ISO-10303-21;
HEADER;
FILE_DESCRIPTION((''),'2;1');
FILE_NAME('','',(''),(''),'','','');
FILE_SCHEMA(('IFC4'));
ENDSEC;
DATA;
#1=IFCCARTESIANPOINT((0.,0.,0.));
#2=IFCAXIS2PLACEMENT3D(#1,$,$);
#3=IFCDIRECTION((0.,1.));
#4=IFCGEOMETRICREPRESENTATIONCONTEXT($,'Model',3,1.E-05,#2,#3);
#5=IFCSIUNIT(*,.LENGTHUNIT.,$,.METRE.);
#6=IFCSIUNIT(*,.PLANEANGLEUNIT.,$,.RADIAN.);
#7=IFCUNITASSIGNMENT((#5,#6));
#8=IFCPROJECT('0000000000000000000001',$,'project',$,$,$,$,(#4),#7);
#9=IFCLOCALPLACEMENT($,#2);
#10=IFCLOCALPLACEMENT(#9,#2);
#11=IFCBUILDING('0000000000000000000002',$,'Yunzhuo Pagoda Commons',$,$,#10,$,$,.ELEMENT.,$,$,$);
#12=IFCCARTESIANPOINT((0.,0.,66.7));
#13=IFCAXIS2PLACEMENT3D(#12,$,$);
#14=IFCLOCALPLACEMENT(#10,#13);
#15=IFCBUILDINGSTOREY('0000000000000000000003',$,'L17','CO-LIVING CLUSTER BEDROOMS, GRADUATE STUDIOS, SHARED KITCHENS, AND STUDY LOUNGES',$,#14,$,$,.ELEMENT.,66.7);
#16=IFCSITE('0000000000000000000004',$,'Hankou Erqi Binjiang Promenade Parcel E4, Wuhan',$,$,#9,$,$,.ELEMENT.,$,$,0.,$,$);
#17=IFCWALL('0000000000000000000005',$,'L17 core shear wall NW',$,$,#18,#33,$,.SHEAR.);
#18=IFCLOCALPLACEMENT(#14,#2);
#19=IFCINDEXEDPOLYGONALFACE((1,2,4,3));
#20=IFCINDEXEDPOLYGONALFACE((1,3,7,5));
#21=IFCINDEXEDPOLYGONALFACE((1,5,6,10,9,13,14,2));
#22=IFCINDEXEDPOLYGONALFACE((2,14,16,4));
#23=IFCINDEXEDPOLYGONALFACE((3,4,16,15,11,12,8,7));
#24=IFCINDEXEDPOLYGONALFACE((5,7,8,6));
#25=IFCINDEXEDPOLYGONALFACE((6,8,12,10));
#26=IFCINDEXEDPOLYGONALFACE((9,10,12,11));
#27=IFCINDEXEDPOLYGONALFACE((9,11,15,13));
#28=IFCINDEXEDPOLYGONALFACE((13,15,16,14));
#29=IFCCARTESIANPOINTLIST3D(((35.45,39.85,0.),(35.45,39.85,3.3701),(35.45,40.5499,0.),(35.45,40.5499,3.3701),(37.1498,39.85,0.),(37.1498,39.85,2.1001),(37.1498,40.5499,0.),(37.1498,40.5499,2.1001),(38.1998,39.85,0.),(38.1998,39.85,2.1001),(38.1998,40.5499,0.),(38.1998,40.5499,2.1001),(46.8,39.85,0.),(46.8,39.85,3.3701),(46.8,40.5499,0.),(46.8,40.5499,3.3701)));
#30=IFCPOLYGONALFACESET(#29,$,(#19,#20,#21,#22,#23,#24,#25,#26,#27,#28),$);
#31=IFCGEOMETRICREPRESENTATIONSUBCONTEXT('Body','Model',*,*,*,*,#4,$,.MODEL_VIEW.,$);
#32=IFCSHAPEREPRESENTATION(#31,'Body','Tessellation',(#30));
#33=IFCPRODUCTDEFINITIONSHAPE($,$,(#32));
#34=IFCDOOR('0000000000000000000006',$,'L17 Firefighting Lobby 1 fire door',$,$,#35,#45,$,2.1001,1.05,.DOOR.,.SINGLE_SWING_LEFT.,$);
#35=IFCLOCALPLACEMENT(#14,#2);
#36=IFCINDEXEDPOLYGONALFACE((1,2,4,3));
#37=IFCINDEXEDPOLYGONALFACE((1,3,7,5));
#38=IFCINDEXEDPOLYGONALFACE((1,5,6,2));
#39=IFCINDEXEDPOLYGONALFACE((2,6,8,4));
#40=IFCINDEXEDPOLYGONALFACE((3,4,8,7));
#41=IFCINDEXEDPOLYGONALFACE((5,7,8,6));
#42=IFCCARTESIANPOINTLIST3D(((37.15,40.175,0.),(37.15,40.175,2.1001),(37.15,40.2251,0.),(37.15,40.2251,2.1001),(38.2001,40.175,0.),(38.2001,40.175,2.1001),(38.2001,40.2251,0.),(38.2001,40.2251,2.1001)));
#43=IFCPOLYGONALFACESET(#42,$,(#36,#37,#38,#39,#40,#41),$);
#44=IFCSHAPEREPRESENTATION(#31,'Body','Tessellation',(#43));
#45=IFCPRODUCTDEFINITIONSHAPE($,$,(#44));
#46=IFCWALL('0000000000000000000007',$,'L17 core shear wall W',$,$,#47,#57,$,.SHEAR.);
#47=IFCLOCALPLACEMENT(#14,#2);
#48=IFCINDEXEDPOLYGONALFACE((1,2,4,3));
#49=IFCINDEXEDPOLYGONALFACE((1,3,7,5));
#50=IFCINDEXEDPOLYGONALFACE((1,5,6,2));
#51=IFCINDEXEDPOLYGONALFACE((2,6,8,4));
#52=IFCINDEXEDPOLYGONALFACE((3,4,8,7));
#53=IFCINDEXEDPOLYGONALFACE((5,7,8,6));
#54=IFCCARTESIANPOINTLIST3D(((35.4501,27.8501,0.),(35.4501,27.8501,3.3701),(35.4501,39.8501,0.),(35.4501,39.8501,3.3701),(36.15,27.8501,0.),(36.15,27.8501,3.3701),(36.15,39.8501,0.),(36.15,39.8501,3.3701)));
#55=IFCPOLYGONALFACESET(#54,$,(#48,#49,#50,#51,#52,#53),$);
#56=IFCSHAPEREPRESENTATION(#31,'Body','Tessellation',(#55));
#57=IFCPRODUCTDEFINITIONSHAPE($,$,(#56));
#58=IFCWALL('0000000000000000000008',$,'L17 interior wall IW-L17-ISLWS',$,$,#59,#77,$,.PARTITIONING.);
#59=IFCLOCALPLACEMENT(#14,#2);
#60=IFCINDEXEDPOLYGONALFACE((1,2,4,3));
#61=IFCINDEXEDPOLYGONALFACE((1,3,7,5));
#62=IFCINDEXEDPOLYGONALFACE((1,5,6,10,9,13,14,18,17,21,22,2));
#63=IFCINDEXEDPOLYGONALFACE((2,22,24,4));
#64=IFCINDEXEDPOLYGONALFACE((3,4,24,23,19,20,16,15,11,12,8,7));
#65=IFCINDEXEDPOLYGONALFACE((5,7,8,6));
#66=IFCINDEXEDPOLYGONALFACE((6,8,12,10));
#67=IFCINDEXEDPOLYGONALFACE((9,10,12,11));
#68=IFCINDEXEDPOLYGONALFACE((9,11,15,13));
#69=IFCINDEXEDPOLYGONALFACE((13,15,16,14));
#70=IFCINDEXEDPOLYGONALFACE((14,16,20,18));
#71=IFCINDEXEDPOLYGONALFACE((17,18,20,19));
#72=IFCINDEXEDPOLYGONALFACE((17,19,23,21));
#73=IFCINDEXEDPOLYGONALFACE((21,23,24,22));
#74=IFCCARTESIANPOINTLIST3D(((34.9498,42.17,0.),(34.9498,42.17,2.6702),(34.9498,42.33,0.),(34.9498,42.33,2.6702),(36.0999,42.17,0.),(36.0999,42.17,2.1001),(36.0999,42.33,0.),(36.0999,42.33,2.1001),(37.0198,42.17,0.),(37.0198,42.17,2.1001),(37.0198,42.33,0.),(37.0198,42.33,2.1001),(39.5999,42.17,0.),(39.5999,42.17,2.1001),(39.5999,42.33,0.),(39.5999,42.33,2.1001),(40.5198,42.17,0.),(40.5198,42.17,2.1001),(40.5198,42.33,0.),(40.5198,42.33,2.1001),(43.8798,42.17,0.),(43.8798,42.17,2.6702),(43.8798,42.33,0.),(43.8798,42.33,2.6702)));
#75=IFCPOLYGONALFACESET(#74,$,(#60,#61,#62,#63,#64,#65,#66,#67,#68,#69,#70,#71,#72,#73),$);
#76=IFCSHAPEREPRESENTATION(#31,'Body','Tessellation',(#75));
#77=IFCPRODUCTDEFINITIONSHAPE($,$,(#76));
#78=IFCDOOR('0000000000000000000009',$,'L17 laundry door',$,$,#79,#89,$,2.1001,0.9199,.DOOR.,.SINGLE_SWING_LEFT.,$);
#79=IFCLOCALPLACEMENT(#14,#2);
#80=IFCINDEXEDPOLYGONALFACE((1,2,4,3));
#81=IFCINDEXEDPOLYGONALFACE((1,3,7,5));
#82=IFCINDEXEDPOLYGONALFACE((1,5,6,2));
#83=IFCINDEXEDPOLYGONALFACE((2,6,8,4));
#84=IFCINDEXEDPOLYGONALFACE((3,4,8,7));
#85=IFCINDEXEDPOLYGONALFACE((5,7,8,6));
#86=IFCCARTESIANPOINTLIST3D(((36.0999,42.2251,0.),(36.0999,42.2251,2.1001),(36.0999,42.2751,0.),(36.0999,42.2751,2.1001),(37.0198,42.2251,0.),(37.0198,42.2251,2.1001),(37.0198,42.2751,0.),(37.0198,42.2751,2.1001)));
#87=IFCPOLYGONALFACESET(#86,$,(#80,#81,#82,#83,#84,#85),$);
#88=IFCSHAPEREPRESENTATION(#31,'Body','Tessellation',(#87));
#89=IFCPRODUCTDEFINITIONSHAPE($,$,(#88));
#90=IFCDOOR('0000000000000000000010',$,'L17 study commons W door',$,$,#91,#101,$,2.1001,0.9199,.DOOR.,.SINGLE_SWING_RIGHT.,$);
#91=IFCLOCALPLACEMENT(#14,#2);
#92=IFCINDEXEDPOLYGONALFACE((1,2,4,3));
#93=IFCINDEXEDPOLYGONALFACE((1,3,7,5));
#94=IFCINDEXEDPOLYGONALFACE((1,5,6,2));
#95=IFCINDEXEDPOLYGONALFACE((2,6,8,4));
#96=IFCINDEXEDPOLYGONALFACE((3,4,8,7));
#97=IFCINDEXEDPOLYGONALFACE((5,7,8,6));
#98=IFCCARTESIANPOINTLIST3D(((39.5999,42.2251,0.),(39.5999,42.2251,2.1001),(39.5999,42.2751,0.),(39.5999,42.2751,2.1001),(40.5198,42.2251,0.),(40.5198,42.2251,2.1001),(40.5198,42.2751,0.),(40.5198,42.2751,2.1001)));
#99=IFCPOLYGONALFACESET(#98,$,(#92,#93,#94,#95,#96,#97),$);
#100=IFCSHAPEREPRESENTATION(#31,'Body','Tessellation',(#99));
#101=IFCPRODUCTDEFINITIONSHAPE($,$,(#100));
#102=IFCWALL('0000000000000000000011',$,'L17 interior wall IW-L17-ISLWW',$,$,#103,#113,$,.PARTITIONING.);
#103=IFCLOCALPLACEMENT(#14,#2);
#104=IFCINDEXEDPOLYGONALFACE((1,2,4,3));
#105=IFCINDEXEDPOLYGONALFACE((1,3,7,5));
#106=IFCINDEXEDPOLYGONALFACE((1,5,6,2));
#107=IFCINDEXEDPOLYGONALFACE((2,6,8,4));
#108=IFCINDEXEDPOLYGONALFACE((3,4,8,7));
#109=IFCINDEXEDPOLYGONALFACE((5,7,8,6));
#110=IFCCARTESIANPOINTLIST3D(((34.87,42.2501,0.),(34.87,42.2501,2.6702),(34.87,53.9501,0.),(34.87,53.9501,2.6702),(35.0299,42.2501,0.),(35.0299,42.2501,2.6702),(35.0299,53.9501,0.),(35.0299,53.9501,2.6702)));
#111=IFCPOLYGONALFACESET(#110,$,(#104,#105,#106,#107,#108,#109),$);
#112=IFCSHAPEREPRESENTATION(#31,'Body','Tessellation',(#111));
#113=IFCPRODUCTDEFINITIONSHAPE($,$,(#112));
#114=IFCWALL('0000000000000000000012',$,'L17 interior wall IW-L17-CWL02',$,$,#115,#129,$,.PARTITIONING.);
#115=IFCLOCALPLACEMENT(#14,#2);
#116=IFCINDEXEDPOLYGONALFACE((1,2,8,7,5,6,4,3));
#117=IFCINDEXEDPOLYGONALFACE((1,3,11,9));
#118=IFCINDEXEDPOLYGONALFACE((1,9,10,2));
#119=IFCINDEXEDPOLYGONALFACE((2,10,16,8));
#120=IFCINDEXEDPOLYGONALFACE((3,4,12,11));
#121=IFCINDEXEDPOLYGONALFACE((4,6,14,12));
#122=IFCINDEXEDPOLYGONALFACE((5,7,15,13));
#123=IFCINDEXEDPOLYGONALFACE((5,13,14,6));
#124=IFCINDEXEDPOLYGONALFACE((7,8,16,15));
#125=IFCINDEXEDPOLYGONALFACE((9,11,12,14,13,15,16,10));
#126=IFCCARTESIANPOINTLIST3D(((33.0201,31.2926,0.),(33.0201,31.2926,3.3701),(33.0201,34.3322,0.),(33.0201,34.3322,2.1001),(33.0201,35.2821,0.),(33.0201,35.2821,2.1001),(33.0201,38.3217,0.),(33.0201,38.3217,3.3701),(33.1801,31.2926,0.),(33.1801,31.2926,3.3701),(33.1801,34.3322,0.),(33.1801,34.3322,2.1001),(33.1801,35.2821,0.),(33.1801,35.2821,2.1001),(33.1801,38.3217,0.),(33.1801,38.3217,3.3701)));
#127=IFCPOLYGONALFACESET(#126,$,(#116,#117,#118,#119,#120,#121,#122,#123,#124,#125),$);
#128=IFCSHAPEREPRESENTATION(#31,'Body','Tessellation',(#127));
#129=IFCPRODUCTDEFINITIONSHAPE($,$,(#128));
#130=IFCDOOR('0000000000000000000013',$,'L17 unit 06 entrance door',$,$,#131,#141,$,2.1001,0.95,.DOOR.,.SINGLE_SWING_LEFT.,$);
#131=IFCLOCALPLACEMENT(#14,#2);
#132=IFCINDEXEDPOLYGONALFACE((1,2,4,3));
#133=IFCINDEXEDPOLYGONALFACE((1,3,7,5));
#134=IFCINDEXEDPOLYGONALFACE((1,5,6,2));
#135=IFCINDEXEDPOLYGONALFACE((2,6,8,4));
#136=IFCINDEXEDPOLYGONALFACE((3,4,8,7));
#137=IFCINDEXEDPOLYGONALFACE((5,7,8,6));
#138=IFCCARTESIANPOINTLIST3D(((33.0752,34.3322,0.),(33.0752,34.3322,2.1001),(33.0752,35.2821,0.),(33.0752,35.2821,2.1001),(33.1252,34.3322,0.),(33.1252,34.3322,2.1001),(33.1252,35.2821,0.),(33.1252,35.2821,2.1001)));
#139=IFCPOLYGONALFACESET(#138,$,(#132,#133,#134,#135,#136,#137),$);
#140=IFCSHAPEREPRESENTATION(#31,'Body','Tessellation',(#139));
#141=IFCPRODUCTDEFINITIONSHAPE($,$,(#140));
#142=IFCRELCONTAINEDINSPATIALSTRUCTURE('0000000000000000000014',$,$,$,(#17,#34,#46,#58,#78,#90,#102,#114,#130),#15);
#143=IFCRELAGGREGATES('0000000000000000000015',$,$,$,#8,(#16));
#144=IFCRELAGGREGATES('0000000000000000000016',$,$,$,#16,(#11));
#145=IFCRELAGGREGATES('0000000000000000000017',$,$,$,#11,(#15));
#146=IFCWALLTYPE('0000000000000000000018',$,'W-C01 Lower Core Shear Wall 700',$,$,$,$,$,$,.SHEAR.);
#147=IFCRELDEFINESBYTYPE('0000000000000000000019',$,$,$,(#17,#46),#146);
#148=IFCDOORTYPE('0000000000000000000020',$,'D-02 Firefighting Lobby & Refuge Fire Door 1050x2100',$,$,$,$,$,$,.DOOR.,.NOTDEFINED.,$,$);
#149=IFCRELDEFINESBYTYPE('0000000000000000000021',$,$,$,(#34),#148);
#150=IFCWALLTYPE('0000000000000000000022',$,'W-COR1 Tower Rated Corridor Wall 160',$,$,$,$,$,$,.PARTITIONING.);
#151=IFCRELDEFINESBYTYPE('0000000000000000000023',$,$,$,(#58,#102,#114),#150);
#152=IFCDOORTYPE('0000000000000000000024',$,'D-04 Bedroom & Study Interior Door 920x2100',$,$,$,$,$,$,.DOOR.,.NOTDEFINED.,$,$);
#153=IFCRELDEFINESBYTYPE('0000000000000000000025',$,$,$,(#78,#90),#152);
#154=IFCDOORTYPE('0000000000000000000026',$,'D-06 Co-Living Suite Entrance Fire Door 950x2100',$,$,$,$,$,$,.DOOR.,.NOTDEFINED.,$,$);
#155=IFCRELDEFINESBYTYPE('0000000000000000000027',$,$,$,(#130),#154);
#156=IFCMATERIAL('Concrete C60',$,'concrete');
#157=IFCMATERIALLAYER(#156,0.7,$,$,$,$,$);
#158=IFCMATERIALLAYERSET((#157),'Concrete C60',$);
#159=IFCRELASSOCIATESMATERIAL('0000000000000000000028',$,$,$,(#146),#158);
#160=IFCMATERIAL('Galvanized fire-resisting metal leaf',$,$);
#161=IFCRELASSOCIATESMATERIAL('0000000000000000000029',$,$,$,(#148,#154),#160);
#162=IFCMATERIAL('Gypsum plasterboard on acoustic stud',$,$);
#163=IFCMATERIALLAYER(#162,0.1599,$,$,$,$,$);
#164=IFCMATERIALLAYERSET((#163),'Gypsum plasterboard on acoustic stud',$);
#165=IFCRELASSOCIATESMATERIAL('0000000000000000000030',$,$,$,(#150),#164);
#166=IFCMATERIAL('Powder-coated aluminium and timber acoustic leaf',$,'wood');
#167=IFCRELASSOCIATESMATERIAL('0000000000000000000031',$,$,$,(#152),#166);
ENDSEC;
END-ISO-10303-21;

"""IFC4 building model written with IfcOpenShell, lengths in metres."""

from ifc_helpers import new_model, si_unit, direction, frame, frame_2d, origin, origin_with_axes, place, context, subcontext, project, spatial, rectangle, extrude, source, transform, mapped, material, layer, layer_set, type_object, element, fill, save


model = new_model("IFC4")

# Units and contexts
model_context = context("Model", 3, precision=1e-05, world=origin(), true_north=direction((0.0, 1.0)))
body_context = subcontext(model_context, "Body", "Model", "MODEL_VIEW")
ifc_project = project(units=[si_unit("LENGTHUNIT", "METRE"), si_unit("PLANEANGLEUNIT", "RADIAN")], contexts=[model_context])

# Site, building, storey
site_placement = place(None, origin())
site = spatial("IfcSite", under=ifc_project, at=site_placement, Name="Hankou Erqi Binjiang Promenade Parcel E4, Wuhan", CompositionType="ELEMENT", RefElevation=0.0)
building_placement = place(site_placement, origin())
building = spatial("IfcBuilding", under=site, at=building_placement, Name="Yunzhuo Pagoda Commons", CompositionType="ELEMENT")
storey_placement = place(building_placement, frame((0.0, 0.0, 66.7)))
storey = spatial("IfcBuildingStorey", under=building, at=storey_placement, Name="L17", Description="CO-LIVING CLUSTER BEDROOMS, GRADUATE STUDIOS, SHARED KITCHENS, AND STUDY LOUNGES", CompositionType="ELEMENT", Elevation=66.7)

# Shared definitions
ifc_material_1 = material(Name="Concrete C60", Category="concrete")
ifc_layer_1 = layer(ifc_material_1, 0.7)
ifc_layer_set_1 = layer_set([ifc_layer_1], Name="Concrete C60")
wall_type_1 = type_object("IfcWallType", Name="W-C01 Lower Core Shear Wall 700", PredefinedType="SHEAR", material=ifc_layer_set_1)

# Wall, opening, door
wall_1_placement = place(storey_placement, frame((35.45, 40.2, 0.0), z_axis=(0.0, 0.0, 1.0), x_axis=(1.0, 0.0, 0.0)))
wall_1 = element("IfcWall", 1, at=wall_1_placement, inside=storey, type_object=wall_type_1, Name="L17 core shear wall NW", PredefinedType="SHEAR", context=body_context, shape_type="SweptSolid", body=[
    extrude(rectangle(XDim=11.3501, YDim=0.7, at=frame_2d((5.675, 0.0))), origin(), (0.0, 0.0, 1.0), 3.3701),
])
opening_1_placement = place(wall_1_placement, frame((1.7, 0.0, 0.0)))
opening_1 = element("IfcOpeningElement", 2, at=opening_1_placement, cuts=wall_1, PredefinedType="OPENING", context=body_context, shape_type="SweptSolid", body=[
    extrude(rectangle(XDim=1.05, YDim=2.1001, at=frame_2d((0.5249, 1.05))), frame((0.0, 0.3599, 0.0), z_axis=(0.0, -1.0, 0.0), x_axis=(1.0, 0.0, 0.0)), (0.0, 0.0, 1.0), 0.72),
])
ifc_material_2 = material(Name="Galvanized fire-resisting metal leaf")
door_type_1 = type_object("IfcDoorType", Name="D-02 Firefighting Lobby & Refuge Fire Door 1050x2100", OperationType="NOTDEFINED", PredefinedType="DOOR", material=ifc_material_2)
shared_shape_1 = source(origin(), body_context, "Body", "SweptSolid", [
    extrude(rectangle(XDim=1.05, YDim=2.1001, at=frame_2d((0.5249, 1.05))), frame((0.0, 0.0249, 0.0), z_axis=(0.0, -1.0, 0.0), x_axis=(1.0, 0.0, 0.0)), (0.0, 0.0, 1.0), 0.05),
])
door_1_placement = place(opening_1_placement, frame((1.05, 0.0, 0.0), z_axis=(0.0, 0.0, 1.0), x_axis=(-1.0, 0.0, 0.0)))
door_1 = element("IfcDoor", 3, at=door_1_placement, inside=storey, type_object=door_type_1, Name="L17 Firefighting Lobby 1 fire door", OperationType="SINGLE_SWING_LEFT", OverallHeight=2.1001, OverallWidth=1.05, PredefinedType="DOOR", context=body_context, shape_type="MappedRepresentation", body=[
    mapped(shared_shape_1, transform((0.0, 0.0, 0.0), scale=1.0)),
])
fill(opening_1, door_1)

# Wall
wall_2_placement = place(storey_placement, frame((35.8, 27.8501, 0.0), z_axis=(0.0, 0.0, 1.0), x_axis=(0.0, 1.0, 0.0)))
element("IfcWall", 4, at=wall_2_placement, inside=storey, type_object=wall_type_1, Name="L17 core shear wall W", PredefinedType="SHEAR", context=body_context, shape_type="SweptSolid", body=[
    extrude(rectangle(XDim=12.0, YDim=0.7, at=frame_2d((6.0, 0.0))), origin(), (0.0, 0.0, 1.0), 3.3701),
])

# Wall, openings, doors
ifc_material_3 = material(Name="Gypsum plasterboard on acoustic stud")
ifc_layer_2 = layer(ifc_material_3, 0.1599)
ifc_layer_set_2 = layer_set([ifc_layer_2], Name="Gypsum plasterboard on acoustic stud")
wall_type_2 = type_object("IfcWallType", Name="W-COR1 Tower Rated Corridor Wall 160", PredefinedType="PARTITIONING", material=ifc_layer_set_2)
wall_3_placement = place(storey_placement, frame((34.95, 42.25, 0.0), z_axis=(0.0, 0.0, 1.0), x_axis=(1.0, 0.0, 0.0)))
wall_3 = element("IfcWall", 5, at=wall_3_placement, inside=storey, type_object=wall_type_2, Name="L17 interior wall IW-L17-ISLWS", PredefinedType="PARTITIONING", context=body_context, shape_type="SweptSolid", body=[
    extrude(rectangle(XDim=8.9299, YDim=0.1599, at=frame_2d((4.4648, 0.0))), origin(), (0.0, 0.0, 1.0), 2.6702),
])
opening_2_placement = place(wall_3_placement, frame((1.1499, 0.0, 0.0)))
opening_2 = element("IfcOpeningElement", 6, at=opening_2_placement, cuts=wall_3, PredefinedType="OPENING", context=body_context, shape_type="SweptSolid", body=[
    extrude(rectangle(XDim=0.9199, YDim=2.1001, at=frame_2d((0.46, 1.05))), frame((0.0, 0.0898, 0.0), z_axis=(0.0, -1.0, 0.0), x_axis=(1.0, 0.0, 0.0)), (0.0, 0.0, 1.0), 0.1799),
])
opening_3_placement = place(wall_3_placement, frame((4.6499, 0.0, 0.0)))
opening_3 = element("IfcOpeningElement", 7, at=opening_3_placement, cuts=wall_3, PredefinedType="OPENING", context=body_context, shape_type="SweptSolid", body=[
    extrude(rectangle(XDim=0.9199, YDim=2.1001, at=frame_2d((0.46, 1.05))), frame((0.0, 0.0898, 0.0), z_axis=(0.0, -1.0, 0.0), x_axis=(1.0, 0.0, 0.0)), (0.0, 0.0, 1.0), 0.1799),
])
ifc_material_4 = material(Name="Powder-coated aluminium and timber acoustic leaf", Category="wood")
door_type_2 = type_object("IfcDoorType", Name="D-04 Bedroom & Study Interior Door 920x2100", OperationType="NOTDEFINED", PredefinedType="DOOR", material=ifc_material_4)
shared_shape_2 = source(origin(), body_context, "Body", "SweptSolid", [
    extrude(rectangle(XDim=0.9199, YDim=2.1001, at=frame_2d((0.46, 1.05))), frame((0.0, 0.0249, 0.0), z_axis=(0.0, -1.0, 0.0), x_axis=(1.0, 0.0, 0.0)), (0.0, 0.0, 1.0), 0.05),
])
door_2_placement = place(opening_2_placement, frame((0.9199, 0.0, 0.0), z_axis=(0.0, 0.0, 1.0), x_axis=(-1.0, 0.0, 0.0)))
door_2 = element("IfcDoor", 8, at=door_2_placement, inside=storey, type_object=door_type_2, Name="L17 laundry door", OperationType="SINGLE_SWING_LEFT", OverallHeight=2.1001, OverallWidth=0.9199, PredefinedType="DOOR", context=body_context, shape_type="MappedRepresentation", body=[
    mapped(shared_shape_2, transform((0.0, 0.0, 0.0), scale=1.0)),
])
fill(opening_2, door_2)
door_3_placement = place(opening_3_placement, frame((0.9199, 0.0, 0.0), z_axis=(0.0, 0.0, 1.0), x_axis=(-1.0, 0.0, 0.0)))
door_3 = element("IfcDoor", 9, at=door_3_placement, inside=storey, type_object=door_type_2, Name="L17 study commons W door", OperationType="SINGLE_SWING_RIGHT", OverallHeight=2.1001, OverallWidth=0.9199, PredefinedType="DOOR", context=body_context, shape_type="MappedRepresentation", body=[
    mapped(shared_shape_2, transform((0.0, 0.0, 0.0), scale=1.0)),
])
fill(opening_3, door_3)

# Wall
wall_4_placement = place(storey_placement, frame((34.95, 42.25, 0.0), z_axis=(0.0, 0.0, 1.0), x_axis=(0.0, 1.0, 0.0)))
element("IfcWall", 10, at=wall_4_placement, inside=storey, type_object=wall_type_2, Name="L17 interior wall IW-L17-ISLWW", PredefinedType="PARTITIONING", context=body_context, shape_type="SweptSolid", body=[
    extrude(rectangle(XDim=11.7, YDim=0.1599, at=frame_2d((5.8501, 0.0))), origin(), (0.0, 0.0, 1.0), 2.6702),
])

# Wall, opening, door
wall_5_placement = place(storey_placement, frame((33.1001, 31.2925, 0.0), z_axis=(0.0, 0.0, 1.0), x_axis=(0.0, 1.0, 0.0)))
wall_5 = element("IfcWall", 11, at=wall_5_placement, inside=storey, type_object=wall_type_2, Name="L17 interior wall IW-L17-CWL02", PredefinedType="PARTITIONING", context=body_context, shape_type="SweptSolid", body=[
    extrude(rectangle(XDim=7.0291, YDim=0.1599, at=frame_2d((3.5146, 0.0))), origin(), (0.0, 0.0, 1.0), 3.3701),
])
opening_4_placement = place(wall_5_placement, frame((3.0396, 0.0, 0.0)))
opening_4 = element("IfcOpeningElement", 12, at=opening_4_placement, cuts=wall_5, PredefinedType="OPENING", context=body_context, shape_type="SweptSolid", body=[
    extrude(rectangle(XDim=0.95, YDim=2.1001, at=frame_2d((0.4751, 1.05))), frame((0.0, 0.0898, 0.0), z_axis=(0.0, -1.0, 0.0), x_axis=(1.0, 0.0, 0.0)), (0.0, 0.0, 1.0), 0.1799),
])
door_type_3 = type_object("IfcDoorType", Name="D-06 Co-Living Suite Entrance Fire Door 950x2100", OperationType="NOTDEFINED", PredefinedType="DOOR", material=ifc_material_2)
shared_shape_3 = source(origin(), body_context, "Body", "SweptSolid", [
    extrude(rectangle(XDim=0.95, YDim=2.1001, at=frame_2d((0.4751, 1.05))), frame((0.0, 0.0249, 0.0), z_axis=(0.0, -1.0, 0.0), x_axis=(1.0, 0.0, 0.0)), (0.0, 0.0, 1.0), 0.05),
])
door_4_placement = place(opening_4_placement, origin_with_axes())
door_4 = element("IfcDoor", 13, at=door_4_placement, inside=storey, type_object=door_type_3, Name="L17 unit 06 entrance door", OperationType="SINGLE_SWING_LEFT", OverallHeight=2.1001, OverallWidth=0.95, PredefinedType="DOOR", context=body_context, shape_type="MappedRepresentation", body=[
    mapped(shared_shape_3, transform((0.0, 0.0, 0.0), scale=1.0)),
])
fill(opening_4, door_4)

save(model, "model.ifc")
